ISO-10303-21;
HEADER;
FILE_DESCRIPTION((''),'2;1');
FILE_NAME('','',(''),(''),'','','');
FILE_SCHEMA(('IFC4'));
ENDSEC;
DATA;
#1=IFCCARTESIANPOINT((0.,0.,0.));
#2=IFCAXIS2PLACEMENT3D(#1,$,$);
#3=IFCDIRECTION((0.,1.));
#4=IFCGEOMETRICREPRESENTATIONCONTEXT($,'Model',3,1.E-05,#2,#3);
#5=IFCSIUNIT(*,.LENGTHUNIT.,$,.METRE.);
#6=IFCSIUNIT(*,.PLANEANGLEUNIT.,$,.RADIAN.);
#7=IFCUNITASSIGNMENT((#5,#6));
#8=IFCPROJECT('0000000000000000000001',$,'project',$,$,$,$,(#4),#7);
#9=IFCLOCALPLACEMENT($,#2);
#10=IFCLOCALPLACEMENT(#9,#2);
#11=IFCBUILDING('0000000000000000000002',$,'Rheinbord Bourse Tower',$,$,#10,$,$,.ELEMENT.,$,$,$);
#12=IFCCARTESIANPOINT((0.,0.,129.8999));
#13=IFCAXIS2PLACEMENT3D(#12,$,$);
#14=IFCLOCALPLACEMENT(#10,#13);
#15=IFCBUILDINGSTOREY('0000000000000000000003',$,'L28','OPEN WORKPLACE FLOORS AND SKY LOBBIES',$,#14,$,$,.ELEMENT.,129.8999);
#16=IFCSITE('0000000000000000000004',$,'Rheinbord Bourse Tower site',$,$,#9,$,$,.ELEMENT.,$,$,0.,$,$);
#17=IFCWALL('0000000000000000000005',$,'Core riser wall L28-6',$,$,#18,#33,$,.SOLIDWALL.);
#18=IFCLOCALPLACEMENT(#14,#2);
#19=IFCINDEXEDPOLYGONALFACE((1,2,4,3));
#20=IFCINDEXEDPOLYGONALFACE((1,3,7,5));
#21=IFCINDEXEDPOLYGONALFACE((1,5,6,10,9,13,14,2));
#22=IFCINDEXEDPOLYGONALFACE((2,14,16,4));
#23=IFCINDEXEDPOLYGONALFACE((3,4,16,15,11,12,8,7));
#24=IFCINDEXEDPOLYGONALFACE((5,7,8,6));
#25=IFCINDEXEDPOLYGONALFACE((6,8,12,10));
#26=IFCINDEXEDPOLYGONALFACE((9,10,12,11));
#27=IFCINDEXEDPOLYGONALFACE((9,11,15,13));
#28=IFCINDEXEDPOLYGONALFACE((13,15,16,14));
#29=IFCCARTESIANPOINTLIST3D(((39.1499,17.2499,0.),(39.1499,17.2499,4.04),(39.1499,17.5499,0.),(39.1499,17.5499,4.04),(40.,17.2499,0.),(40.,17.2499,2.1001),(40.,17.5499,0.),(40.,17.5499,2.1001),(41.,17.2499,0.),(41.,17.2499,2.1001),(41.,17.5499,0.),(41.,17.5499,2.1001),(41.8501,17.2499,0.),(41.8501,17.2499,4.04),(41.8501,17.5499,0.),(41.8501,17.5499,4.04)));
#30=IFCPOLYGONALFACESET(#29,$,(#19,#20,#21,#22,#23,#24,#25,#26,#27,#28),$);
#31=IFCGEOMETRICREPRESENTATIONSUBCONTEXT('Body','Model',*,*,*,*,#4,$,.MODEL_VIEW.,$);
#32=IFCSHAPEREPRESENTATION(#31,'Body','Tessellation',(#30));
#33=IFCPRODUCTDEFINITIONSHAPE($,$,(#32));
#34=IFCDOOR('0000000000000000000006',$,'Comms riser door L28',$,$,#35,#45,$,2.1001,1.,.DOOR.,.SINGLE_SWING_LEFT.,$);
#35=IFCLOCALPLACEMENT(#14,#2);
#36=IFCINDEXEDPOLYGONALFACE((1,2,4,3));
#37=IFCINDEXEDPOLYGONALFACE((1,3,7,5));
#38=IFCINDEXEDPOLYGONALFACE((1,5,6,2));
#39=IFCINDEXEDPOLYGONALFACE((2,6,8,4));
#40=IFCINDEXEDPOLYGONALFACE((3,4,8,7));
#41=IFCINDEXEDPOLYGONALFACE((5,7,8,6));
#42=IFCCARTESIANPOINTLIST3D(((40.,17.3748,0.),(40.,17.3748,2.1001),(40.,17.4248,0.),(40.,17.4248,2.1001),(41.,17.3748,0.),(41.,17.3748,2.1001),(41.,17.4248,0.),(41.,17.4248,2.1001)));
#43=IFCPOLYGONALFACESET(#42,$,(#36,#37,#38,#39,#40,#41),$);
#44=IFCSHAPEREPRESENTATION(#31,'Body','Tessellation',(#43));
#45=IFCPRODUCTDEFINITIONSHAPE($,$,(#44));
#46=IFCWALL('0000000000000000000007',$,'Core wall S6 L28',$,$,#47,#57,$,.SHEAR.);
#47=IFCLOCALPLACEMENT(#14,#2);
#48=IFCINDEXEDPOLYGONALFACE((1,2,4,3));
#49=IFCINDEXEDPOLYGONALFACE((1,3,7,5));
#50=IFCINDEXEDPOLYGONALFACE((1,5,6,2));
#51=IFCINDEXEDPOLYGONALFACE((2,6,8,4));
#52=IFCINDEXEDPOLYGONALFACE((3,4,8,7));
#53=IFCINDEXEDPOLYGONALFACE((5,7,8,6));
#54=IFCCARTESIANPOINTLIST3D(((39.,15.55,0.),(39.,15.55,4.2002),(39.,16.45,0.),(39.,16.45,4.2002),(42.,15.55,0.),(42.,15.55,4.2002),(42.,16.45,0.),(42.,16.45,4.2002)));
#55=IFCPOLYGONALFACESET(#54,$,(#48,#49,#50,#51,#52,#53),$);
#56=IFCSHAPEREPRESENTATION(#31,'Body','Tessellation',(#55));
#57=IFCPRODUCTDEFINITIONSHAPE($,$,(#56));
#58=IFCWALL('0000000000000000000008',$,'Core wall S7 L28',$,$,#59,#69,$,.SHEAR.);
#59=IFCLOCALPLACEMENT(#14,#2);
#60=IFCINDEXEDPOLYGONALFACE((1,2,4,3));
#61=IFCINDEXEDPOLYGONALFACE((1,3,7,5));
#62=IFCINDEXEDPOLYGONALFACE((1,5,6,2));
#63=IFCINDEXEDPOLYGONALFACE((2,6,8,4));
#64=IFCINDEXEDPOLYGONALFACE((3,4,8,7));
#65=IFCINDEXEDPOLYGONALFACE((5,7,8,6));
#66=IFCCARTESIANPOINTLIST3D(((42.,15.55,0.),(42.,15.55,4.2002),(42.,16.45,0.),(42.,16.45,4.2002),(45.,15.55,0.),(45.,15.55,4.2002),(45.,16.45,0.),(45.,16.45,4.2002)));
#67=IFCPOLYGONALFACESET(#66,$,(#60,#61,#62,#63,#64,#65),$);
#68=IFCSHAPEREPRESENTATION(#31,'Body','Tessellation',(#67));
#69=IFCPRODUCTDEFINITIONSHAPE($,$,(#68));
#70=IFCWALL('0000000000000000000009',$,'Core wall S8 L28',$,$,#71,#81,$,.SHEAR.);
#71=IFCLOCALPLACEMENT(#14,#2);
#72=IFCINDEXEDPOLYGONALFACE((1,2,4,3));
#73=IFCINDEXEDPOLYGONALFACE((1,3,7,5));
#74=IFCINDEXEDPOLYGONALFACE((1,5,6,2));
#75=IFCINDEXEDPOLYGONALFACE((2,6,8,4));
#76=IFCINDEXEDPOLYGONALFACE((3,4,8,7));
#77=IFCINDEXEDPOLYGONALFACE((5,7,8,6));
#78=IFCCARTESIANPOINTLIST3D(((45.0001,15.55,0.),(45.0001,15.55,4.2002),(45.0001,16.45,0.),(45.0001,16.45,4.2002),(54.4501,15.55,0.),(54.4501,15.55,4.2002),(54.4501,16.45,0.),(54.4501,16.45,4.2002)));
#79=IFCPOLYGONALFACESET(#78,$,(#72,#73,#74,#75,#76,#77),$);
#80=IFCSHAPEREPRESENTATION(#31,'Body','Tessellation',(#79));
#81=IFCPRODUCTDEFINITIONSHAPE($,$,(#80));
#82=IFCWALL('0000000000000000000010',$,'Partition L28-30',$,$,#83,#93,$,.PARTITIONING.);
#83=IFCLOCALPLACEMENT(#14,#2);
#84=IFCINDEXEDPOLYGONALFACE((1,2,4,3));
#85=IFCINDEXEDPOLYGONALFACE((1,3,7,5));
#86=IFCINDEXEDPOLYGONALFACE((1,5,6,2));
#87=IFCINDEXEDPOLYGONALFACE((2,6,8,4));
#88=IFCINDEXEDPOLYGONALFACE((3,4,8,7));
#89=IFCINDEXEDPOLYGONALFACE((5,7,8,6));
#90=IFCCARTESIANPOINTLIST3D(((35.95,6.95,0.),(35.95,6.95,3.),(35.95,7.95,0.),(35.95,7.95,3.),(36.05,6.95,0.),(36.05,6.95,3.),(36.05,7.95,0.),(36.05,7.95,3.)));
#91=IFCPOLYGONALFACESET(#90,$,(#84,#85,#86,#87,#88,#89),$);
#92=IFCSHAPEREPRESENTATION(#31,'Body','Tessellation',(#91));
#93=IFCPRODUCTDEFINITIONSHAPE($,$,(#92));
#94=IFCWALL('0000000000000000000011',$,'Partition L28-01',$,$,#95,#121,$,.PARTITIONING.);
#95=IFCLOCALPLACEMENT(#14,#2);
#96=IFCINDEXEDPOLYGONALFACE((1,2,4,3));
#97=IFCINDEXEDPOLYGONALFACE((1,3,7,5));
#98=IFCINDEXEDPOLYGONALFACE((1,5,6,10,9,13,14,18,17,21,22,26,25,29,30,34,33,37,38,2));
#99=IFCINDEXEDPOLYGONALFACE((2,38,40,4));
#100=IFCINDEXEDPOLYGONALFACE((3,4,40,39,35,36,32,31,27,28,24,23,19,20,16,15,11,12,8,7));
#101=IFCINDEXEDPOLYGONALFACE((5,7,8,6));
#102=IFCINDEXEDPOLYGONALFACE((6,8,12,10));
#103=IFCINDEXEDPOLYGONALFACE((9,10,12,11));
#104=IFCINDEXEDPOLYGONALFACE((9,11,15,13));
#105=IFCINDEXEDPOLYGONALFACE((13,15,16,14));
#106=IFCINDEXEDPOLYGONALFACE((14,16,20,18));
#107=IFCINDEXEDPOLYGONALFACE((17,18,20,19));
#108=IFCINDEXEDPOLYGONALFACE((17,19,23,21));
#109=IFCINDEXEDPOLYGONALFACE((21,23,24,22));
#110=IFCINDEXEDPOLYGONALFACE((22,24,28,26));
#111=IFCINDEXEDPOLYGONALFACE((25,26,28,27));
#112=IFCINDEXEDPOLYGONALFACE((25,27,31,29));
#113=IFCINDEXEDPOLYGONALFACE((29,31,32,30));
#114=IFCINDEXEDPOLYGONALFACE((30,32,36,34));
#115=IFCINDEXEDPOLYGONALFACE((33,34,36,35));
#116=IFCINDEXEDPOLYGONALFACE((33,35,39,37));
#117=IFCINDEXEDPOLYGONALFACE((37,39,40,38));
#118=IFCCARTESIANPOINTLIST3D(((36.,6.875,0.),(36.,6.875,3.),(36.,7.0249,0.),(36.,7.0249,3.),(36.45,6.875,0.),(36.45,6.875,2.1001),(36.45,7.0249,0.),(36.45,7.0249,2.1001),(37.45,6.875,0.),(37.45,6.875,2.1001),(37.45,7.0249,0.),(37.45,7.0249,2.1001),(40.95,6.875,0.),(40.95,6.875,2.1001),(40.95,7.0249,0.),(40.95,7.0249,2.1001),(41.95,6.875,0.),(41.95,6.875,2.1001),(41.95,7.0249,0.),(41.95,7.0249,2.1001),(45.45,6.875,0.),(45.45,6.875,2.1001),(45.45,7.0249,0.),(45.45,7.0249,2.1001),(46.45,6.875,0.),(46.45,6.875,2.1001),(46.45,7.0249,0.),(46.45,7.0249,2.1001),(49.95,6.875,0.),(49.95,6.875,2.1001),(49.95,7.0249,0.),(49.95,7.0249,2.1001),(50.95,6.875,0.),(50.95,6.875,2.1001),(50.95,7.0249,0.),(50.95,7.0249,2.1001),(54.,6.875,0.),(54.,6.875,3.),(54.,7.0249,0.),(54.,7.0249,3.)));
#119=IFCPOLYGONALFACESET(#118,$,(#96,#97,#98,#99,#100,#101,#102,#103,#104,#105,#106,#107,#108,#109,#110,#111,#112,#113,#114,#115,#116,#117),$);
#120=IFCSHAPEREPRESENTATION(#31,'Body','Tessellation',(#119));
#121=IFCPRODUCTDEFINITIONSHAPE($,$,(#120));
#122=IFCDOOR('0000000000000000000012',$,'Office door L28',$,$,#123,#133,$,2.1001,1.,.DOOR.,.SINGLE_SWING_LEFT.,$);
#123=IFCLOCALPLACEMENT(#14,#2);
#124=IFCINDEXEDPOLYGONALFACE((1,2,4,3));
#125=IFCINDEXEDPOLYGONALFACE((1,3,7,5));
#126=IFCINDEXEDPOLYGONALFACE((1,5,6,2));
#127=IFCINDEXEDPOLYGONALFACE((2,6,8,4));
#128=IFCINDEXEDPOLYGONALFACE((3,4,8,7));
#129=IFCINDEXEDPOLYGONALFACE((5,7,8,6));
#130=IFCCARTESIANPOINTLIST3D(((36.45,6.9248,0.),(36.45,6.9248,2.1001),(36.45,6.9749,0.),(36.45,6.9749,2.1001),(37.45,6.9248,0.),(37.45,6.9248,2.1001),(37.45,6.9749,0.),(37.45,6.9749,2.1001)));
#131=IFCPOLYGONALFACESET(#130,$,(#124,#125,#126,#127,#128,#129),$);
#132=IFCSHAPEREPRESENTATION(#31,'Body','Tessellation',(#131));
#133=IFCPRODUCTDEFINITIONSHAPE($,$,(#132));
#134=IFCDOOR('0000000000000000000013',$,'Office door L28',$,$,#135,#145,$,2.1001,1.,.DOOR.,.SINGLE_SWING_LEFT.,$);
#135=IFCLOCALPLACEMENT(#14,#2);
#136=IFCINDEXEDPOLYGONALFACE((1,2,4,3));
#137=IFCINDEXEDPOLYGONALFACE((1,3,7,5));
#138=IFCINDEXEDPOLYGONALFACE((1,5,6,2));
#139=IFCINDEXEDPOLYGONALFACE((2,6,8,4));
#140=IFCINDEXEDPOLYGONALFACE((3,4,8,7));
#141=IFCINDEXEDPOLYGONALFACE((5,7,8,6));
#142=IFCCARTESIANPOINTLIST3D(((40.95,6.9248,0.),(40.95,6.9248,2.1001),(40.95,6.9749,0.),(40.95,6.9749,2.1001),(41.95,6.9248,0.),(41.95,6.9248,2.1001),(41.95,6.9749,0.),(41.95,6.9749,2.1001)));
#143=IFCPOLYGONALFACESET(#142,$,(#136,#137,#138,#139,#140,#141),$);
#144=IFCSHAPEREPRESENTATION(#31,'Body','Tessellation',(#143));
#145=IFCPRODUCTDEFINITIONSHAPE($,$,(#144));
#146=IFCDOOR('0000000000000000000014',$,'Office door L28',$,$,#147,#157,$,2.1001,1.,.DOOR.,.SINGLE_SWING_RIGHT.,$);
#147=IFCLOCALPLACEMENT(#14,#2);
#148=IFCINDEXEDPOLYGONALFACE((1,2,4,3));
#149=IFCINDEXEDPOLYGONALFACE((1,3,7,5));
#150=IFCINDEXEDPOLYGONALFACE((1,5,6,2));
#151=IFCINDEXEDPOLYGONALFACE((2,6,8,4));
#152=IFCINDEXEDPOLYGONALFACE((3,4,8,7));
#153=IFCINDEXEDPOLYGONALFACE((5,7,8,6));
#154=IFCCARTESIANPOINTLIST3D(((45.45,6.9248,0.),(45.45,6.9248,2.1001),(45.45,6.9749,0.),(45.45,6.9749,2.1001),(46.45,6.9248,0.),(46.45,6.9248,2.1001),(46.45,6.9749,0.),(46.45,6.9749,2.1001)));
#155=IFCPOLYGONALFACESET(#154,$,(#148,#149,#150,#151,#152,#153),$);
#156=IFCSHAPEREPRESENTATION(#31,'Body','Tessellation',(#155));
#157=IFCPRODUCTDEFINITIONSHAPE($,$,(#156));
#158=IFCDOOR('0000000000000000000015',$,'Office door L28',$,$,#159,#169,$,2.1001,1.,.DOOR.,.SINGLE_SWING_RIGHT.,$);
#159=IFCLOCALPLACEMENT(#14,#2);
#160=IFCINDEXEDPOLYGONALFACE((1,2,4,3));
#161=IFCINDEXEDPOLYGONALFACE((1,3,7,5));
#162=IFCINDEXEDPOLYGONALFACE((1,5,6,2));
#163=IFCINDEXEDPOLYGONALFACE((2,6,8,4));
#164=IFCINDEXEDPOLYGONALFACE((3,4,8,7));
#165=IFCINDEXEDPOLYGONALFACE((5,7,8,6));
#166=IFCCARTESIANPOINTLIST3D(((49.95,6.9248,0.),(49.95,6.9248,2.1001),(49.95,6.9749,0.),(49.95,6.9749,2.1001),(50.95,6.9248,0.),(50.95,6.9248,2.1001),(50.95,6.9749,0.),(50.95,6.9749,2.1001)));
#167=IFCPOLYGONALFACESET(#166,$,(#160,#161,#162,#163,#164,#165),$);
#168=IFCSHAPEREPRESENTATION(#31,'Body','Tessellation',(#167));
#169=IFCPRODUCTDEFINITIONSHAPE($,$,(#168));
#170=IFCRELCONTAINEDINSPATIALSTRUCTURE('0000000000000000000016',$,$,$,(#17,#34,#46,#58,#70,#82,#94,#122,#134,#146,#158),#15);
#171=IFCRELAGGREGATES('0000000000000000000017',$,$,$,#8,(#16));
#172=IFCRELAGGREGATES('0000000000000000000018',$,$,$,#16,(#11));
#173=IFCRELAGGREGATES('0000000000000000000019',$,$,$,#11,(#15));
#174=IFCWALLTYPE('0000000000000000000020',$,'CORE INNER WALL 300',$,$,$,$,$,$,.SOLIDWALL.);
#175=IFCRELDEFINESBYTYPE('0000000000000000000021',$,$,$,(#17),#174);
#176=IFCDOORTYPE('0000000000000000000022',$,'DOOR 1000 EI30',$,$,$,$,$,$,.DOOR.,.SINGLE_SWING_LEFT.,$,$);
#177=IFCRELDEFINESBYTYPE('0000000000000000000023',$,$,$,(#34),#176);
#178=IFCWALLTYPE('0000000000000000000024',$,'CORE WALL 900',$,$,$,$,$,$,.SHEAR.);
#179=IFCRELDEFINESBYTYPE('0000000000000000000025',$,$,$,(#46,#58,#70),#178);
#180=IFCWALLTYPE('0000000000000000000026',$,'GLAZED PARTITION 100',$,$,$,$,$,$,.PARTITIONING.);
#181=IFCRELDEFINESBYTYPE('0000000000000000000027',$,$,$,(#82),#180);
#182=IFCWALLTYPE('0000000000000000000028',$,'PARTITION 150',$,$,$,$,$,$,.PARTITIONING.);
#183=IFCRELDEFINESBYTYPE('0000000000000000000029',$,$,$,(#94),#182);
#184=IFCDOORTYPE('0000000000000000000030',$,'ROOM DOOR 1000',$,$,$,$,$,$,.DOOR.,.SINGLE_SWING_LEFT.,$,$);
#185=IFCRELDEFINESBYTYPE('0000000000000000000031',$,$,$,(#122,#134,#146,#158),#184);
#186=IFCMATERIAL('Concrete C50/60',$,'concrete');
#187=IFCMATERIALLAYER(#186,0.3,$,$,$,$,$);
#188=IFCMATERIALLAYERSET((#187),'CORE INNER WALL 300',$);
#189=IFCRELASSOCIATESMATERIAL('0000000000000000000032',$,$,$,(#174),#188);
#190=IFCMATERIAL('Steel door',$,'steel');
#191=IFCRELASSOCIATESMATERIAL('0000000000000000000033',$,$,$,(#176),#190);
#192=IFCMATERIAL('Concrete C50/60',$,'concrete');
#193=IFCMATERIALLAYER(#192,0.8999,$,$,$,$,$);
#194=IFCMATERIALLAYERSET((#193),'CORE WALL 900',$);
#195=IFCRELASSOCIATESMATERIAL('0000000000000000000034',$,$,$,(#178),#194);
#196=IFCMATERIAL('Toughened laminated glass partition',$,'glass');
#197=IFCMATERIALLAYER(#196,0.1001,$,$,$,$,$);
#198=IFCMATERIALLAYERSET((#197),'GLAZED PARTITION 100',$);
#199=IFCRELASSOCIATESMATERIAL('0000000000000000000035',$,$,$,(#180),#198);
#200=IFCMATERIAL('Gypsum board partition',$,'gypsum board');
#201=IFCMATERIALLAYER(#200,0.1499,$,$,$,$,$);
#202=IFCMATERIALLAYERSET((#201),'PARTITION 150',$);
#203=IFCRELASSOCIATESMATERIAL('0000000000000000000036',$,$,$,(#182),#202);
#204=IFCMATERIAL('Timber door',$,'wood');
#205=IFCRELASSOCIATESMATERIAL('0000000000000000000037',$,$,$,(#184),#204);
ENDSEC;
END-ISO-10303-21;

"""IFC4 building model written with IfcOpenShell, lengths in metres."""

from ifc_helpers import new_model, si_unit, direction, frame, frame_2d, origin, place, context, subcontext, project, spatial, rectangle, extrude, material, layer, layer_set, type_object, element, fill, save


model = new_model("IFC4")

# Units and contexts
model_context = context("Model", 3, precision=1e-05, world=origin(), true_north=direction((0.0, 1.0)))
body_context = subcontext(model_context, "Body", "Model", "MODEL_VIEW")
ifc_project = project(units=[si_unit("LENGTHUNIT", "METRE"), si_unit("PLANEANGLEUNIT", "RADIAN")], contexts=[model_context])

# Site, building, storey
site_placement = place(None, origin())
site = spatial("IfcSite", under=ifc_project, at=site_placement, Name="Rheinbord Bourse Tower site", CompositionType="ELEMENT", RefElevation=0.0)
building_placement = place(site_placement, origin())
building = spatial("IfcBuilding", under=site, at=building_placement, Name="Rheinbord Bourse Tower", CompositionType="ELEMENT")
storey_placement = place(building_placement, frame((0.0, 0.0, 129.8999)))
storey = spatial("IfcBuildingStorey", under=building, at=storey_placement, Name="L28", Description="OPEN WORKPLACE FLOORS AND SKY LOBBIES", CompositionType="ELEMENT", Elevation=129.8999)

# Shared definitions
ifc_material_1 = material(Name="Concrete C50/60", Category="concrete")
ifc_layer_1 = layer(ifc_material_1, 0.3)
ifc_layer_set_1 = layer_set([ifc_layer_1], Name="CORE INNER WALL 300")
wall_type_1 = type_object("IfcWallType", Name="CORE INNER WALL 300", PredefinedType="SOLIDWALL", material=ifc_layer_set_1)
ifc_material_2 = material(Name="Steel door", Category="steel")
door_type_1 = type_object("IfcDoorType", Name="DOOR 1000 EI30", OperationType="SINGLE_SWING_LEFT", PredefinedType="DOOR", material=ifc_material_2)

# Wall, opening, door
wall_1_placement = place(storey_placement, frame((39.1499, 17.3999, 0.0), z_axis=(0.0, 0.0, 1.0), x_axis=(1.0, 0.0, 0.0)))
wall_1 = element("IfcWall", 1, at=wall_1_placement, inside=storey, type_object=wall_type_1, Name="Core riser wall L28-6", PredefinedType="SOLIDWALL", context=body_context, shape_type="SweptSolid", body=[
    extrude(rectangle(XDim=2.7002, YDim=0.3, at=frame_2d((1.3501, 0.0))), origin(), (0.0, 0.0, 1.0), 4.04),
])
opening_1_placement = place(wall_1_placement, frame((0.8501, 0.0, 0.0)))
opening_1 = element("IfcOpeningElement", 2, at=opening_1_placement, cuts=wall_1, PredefinedType="OPENING", context=body_context, shape_type="SweptSolid", body=[
    extrude(rectangle(XDim=1.0, YDim=2.1001, at=frame_2d((0.5, 1.05))), frame((0.0, 0.1599, 0.0), z_axis=(0.0, -1.0, 0.0), x_axis=(1.0, 0.0, 0.0)), (0.0, 0.0, 1.0), 0.3201),
])
door_1_placement = place(opening_1_placement, origin())
door_1 = element("IfcDoor", 3, at=door_1_placement, inside=storey, type_object=door_type_1, Name="Comms riser door L28", OperationType="SINGLE_SWING_LEFT", OverallHeight=2.1001, OverallWidth=1.0, PredefinedType="DOOR", context=body_context, shape_type="SweptSolid", body=[
    extrude(rectangle(XDim=1.0, YDim=2.1001, at=frame_2d((0.5, 1.05))), frame((0.0, 0.0249, 0.0), z_axis=(0.0, -1.0, 0.0), x_axis=(1.0, 0.0, 0.0)), (0.0, 0.0, 1.0), 0.05),
])
fill(opening_1, door_1)

# Walls
ifc_material_3 = material(Name="Concrete C50/60", Category="concrete")
ifc_layer_2 = layer(ifc_material_3, 0.8999)
ifc_layer_set_2 = layer_set([ifc_layer_2], Name="CORE WALL 900")
wall_type_2 = type_object("IfcWallType", Name="CORE WALL 900", PredefinedType="SHEAR", material=ifc_layer_set_2)
for number, where, z_axis, x_axis, name in (
    (4, (39.0, 16.0, 0.0), (0.0, 0.0, 1.0), (1.0, 0.0, 0.0), "Core wall S6 L28"),
    (5, (42.0, 16.0, 0.0), (0.0, 0.0, 1.0), (1.0, 0.0, 0.0), "Core wall S7 L28"),
):
    element("IfcWall", number, at=place(storey_placement, frame(where, z_axis=z_axis, x_axis=x_axis)), inside=storey, type_object=wall_type_2, Name=name, PredefinedType="SHEAR", context=body_context, shape_type="SweptSolid", body=[
        extrude(rectangle(XDim=3.0, YDim=0.8999, at=frame_2d((1.5, 0.0))), origin(), (0.0, 0.0, 1.0), 4.2002),
    ])
wall_2_placement = place(storey_placement, frame((45.0, 16.0, 0.0), z_axis=(0.0, 0.0, 1.0), x_axis=(1.0, 0.0, 0.0)))
element("IfcWall", 6, at=wall_2_placement, inside=storey, type_object=wall_type_2, Name="Core wall S8 L28", PredefinedType="SHEAR", context=body_context, shape_type="SweptSolid", body=[
    extrude(rectangle(XDim=9.45, YDim=0.8999, at=frame_2d((4.7251, 0.0))), origin(), (0.0, 0.0, 1.0), 4.2002),
])
ifc_material_4 = material(Name="Toughened laminated glass partition", Category="glass")
ifc_layer_3 = layer(ifc_material_4, 0.1001)
ifc_layer_set_3 = layer_set([ifc_layer_3], Name="GLAZED PARTITION 100")
wall_type_3 = type_object("IfcWallType", Name="GLAZED PARTITION 100", PredefinedType="PARTITIONING", material=ifc_layer_set_3)
wall_3_placement = place(storey_placement, frame((36.0, 6.95, 0.0), z_axis=(0.0, 0.0, 1.0), x_axis=(0.0, 1.0, 0.0)))
element("IfcWall", 7, at=wall_3_placement, inside=storey, type_object=wall_type_3, Name="Partition L28-30", PredefinedType="PARTITIONING", context=body_context, shape_type="SweptSolid", body=[
    extrude(rectangle(XDim=1.0, YDim=0.1001, at=frame_2d((0.5, 0.0))), origin(), (0.0, 0.0, 1.0), 3.0),
])

# Wall, openings, doors
ifc_material_5 = material(Name="Gypsum board partition", Category="gypsum board")
ifc_layer_4 = layer(ifc_material_5, 0.1499)
ifc_layer_set_4 = layer_set([ifc_layer_4], Name="PARTITION 150")
wall_type_4 = type_object("IfcWallType", Name="PARTITION 150", PredefinedType="PARTITIONING", material=ifc_layer_set_4)
wall_4_placement = place(storey_placement, frame((36.0, 6.95, 0.0), z_axis=(0.0, 0.0, 1.0), x_axis=(1.0, 0.0, 0.0)))
wall_4 = element("IfcWall", 8, at=wall_4_placement, inside=storey, type_object=wall_type_4, Name="Partition L28-01", PredefinedType="PARTITIONING", context=body_context, shape_type="SweptSolid", body=[
    extrude(rectangle(XDim=18.0, YDim=0.1499, at=frame_2d((9.0, 0.0))), origin(), (0.0, 0.0, 1.0), 3.0),
])
opening_2_placement = place(wall_4_placement, frame((0.45, 0.0, 0.0)))
opening_2 = element("IfcOpeningElement", 9, at=opening_2_placement, cuts=wall_4, PredefinedType="OPENING", context=body_context, shape_type="SweptSolid", body=[
    extrude(rectangle(XDim=1.0, YDim=2.1001, at=frame_2d((0.5, 1.05))), frame((0.0, 0.085, 0.0), z_axis=(0.0, -1.0, 0.0), x_axis=(1.0, 0.0, 0.0)), (0.0, 0.0, 1.0), 0.1699),
])
opening_3_placement = place(wall_4_placement, frame((4.95, 0.0, 0.0)))
opening_3 = element("IfcOpeningElement", 10, at=opening_3_placement, cuts=wall_4, PredefinedType="OPENING", context=body_context, shape_type="SweptSolid", body=[
    extrude(rectangle(XDim=1.0, YDim=2.1001, at=frame_2d((0.5, 1.05))), frame((0.0, 0.085, 0.0), z_axis=(0.0, -1.0, 0.0), x_axis=(1.0, 0.0, 0.0)), (0.0, 0.0, 1.0), 0.1699),
])
opening_4_placement = place(wall_4_placement, frame((9.45, 0.0, 0.0)))
opening_4 = element("IfcOpeningElement", 11, at=opening_4_placement, cuts=wall_4, PredefinedType="OPENING", context=body_context, shape_type="SweptSolid", body=[
    extrude(rectangle(XDim=1.0, YDim=2.1001, at=frame_2d((0.5, 1.05))), frame((0.0, 0.085, 0.0), z_axis=(0.0, -1.0, 0.0), x_axis=(1.0, 0.0, 0.0)), (0.0, 0.0, 1.0), 0.1699),
])
opening_5_placement = place(wall_4_placement, frame((13.95, 0.0, 0.0)))
opening_5 = element("IfcOpeningElement", 12, at=opening_5_placement, cuts=wall_4, PredefinedType="OPENING", context=body_context, shape_type="SweptSolid", body=[
    extrude(rectangle(XDim=1.0, YDim=2.1001, at=frame_2d((0.5, 1.05))), frame((0.0, 0.085, 0.0), z_axis=(0.0, -1.0, 0.0), x_axis=(1.0, 0.0, 0.0)), (0.0, 0.0, 1.0), 0.1699),
])
ifc_material_6 = material(Name="Timber door", Category="wood")
door_type_2 = type_object("IfcDoorType", Name="ROOM DOOR 1000", OperationType="SINGLE_SWING_LEFT", PredefinedType="DOOR", material=ifc_material_6)
door_2_placement = place(opening_2_placement, origin())
door_2 = element("IfcDoor", 13, at=door_2_placement, inside=storey, type_object=door_type_2, Name="Office door L28", OperationType="SINGLE_SWING_LEFT", OverallHeight=2.1001, OverallWidth=1.0, PredefinedType="DOOR", context=body_context, shape_type="SweptSolid", body=[
    extrude(rectangle(XDim=1.0, YDim=2.1001, at=frame_2d((0.5, 1.05))), frame((0.0, 0.0249, 0.0), z_axis=(0.0, -1.0, 0.0), x_axis=(1.0, 0.0, 0.0)), (0.0, 0.0, 1.0), 0.05),
])
fill(opening_2, door_2)
door_3_placement = place(opening_3_placement, origin())
door_3 = element("IfcDoor", 14, at=door_3_placement, inside=storey, type_object=door_type_2, Name="Office door L28", OperationType="SINGLE_SWING_LEFT", OverallHeight=2.1001, OverallWidth=1.0, PredefinedType="DOOR", context=body_context, shape_type="SweptSolid", body=[
    extrude(rectangle(XDim=1.0, YDim=2.1001, at=frame_2d((0.5, 1.05))), frame((0.0, 0.0249, 0.0), z_axis=(0.0, -1.0, 0.0), x_axis=(1.0, 0.0, 0.0)), (0.0, 0.0, 1.0), 0.05),
])
fill(opening_3, door_3)
door_4_placement = place(opening_4_placement, origin())
door_4 = element("IfcDoor", 15, at=door_4_placement, inside=storey, type_object=door_type_2, Name="Office door L28", OperationType="SINGLE_SWING_RIGHT", OverallHeight=2.1001, OverallWidth=1.0, PredefinedType="DOOR", context=body_context, shape_type="SweptSolid", body=[
    extrude(rectangle(XDim=1.0, YDim=2.1001, at=frame_2d((0.5, 1.05))), frame((0.0, 0.0249, 0.0), z_axis=(0.0, -1.0, 0.0), x_axis=(1.0, 0.0, 0.0)), (0.0, 0.0, 1.0), 0.05),
])
fill(opening_4, door_4)
door_5_placement = place(opening_5_placement, origin())
door_5 = element("IfcDoor", 16, at=door_5_placement, inside=storey, type_object=door_type_2, Name="Office door L28", OperationType="SINGLE_SWING_RIGHT", OverallHeight=2.1001, OverallWidth=1.0, PredefinedType="DOOR", context=body_context, shape_type="SweptSolid", body=[
    extrude(rectangle(XDim=1.0, YDim=2.1001, at=frame_2d((0.5, 1.05))), frame((0.0, 0.0249, 0.0), z_axis=(0.0, -1.0, 0.0), x_axis=(1.0, 0.0, 0.0)), (0.0, 0.0, 1.0), 0.05),
])
fill(opening_5, door_5)

save(model, "model.ifc")
